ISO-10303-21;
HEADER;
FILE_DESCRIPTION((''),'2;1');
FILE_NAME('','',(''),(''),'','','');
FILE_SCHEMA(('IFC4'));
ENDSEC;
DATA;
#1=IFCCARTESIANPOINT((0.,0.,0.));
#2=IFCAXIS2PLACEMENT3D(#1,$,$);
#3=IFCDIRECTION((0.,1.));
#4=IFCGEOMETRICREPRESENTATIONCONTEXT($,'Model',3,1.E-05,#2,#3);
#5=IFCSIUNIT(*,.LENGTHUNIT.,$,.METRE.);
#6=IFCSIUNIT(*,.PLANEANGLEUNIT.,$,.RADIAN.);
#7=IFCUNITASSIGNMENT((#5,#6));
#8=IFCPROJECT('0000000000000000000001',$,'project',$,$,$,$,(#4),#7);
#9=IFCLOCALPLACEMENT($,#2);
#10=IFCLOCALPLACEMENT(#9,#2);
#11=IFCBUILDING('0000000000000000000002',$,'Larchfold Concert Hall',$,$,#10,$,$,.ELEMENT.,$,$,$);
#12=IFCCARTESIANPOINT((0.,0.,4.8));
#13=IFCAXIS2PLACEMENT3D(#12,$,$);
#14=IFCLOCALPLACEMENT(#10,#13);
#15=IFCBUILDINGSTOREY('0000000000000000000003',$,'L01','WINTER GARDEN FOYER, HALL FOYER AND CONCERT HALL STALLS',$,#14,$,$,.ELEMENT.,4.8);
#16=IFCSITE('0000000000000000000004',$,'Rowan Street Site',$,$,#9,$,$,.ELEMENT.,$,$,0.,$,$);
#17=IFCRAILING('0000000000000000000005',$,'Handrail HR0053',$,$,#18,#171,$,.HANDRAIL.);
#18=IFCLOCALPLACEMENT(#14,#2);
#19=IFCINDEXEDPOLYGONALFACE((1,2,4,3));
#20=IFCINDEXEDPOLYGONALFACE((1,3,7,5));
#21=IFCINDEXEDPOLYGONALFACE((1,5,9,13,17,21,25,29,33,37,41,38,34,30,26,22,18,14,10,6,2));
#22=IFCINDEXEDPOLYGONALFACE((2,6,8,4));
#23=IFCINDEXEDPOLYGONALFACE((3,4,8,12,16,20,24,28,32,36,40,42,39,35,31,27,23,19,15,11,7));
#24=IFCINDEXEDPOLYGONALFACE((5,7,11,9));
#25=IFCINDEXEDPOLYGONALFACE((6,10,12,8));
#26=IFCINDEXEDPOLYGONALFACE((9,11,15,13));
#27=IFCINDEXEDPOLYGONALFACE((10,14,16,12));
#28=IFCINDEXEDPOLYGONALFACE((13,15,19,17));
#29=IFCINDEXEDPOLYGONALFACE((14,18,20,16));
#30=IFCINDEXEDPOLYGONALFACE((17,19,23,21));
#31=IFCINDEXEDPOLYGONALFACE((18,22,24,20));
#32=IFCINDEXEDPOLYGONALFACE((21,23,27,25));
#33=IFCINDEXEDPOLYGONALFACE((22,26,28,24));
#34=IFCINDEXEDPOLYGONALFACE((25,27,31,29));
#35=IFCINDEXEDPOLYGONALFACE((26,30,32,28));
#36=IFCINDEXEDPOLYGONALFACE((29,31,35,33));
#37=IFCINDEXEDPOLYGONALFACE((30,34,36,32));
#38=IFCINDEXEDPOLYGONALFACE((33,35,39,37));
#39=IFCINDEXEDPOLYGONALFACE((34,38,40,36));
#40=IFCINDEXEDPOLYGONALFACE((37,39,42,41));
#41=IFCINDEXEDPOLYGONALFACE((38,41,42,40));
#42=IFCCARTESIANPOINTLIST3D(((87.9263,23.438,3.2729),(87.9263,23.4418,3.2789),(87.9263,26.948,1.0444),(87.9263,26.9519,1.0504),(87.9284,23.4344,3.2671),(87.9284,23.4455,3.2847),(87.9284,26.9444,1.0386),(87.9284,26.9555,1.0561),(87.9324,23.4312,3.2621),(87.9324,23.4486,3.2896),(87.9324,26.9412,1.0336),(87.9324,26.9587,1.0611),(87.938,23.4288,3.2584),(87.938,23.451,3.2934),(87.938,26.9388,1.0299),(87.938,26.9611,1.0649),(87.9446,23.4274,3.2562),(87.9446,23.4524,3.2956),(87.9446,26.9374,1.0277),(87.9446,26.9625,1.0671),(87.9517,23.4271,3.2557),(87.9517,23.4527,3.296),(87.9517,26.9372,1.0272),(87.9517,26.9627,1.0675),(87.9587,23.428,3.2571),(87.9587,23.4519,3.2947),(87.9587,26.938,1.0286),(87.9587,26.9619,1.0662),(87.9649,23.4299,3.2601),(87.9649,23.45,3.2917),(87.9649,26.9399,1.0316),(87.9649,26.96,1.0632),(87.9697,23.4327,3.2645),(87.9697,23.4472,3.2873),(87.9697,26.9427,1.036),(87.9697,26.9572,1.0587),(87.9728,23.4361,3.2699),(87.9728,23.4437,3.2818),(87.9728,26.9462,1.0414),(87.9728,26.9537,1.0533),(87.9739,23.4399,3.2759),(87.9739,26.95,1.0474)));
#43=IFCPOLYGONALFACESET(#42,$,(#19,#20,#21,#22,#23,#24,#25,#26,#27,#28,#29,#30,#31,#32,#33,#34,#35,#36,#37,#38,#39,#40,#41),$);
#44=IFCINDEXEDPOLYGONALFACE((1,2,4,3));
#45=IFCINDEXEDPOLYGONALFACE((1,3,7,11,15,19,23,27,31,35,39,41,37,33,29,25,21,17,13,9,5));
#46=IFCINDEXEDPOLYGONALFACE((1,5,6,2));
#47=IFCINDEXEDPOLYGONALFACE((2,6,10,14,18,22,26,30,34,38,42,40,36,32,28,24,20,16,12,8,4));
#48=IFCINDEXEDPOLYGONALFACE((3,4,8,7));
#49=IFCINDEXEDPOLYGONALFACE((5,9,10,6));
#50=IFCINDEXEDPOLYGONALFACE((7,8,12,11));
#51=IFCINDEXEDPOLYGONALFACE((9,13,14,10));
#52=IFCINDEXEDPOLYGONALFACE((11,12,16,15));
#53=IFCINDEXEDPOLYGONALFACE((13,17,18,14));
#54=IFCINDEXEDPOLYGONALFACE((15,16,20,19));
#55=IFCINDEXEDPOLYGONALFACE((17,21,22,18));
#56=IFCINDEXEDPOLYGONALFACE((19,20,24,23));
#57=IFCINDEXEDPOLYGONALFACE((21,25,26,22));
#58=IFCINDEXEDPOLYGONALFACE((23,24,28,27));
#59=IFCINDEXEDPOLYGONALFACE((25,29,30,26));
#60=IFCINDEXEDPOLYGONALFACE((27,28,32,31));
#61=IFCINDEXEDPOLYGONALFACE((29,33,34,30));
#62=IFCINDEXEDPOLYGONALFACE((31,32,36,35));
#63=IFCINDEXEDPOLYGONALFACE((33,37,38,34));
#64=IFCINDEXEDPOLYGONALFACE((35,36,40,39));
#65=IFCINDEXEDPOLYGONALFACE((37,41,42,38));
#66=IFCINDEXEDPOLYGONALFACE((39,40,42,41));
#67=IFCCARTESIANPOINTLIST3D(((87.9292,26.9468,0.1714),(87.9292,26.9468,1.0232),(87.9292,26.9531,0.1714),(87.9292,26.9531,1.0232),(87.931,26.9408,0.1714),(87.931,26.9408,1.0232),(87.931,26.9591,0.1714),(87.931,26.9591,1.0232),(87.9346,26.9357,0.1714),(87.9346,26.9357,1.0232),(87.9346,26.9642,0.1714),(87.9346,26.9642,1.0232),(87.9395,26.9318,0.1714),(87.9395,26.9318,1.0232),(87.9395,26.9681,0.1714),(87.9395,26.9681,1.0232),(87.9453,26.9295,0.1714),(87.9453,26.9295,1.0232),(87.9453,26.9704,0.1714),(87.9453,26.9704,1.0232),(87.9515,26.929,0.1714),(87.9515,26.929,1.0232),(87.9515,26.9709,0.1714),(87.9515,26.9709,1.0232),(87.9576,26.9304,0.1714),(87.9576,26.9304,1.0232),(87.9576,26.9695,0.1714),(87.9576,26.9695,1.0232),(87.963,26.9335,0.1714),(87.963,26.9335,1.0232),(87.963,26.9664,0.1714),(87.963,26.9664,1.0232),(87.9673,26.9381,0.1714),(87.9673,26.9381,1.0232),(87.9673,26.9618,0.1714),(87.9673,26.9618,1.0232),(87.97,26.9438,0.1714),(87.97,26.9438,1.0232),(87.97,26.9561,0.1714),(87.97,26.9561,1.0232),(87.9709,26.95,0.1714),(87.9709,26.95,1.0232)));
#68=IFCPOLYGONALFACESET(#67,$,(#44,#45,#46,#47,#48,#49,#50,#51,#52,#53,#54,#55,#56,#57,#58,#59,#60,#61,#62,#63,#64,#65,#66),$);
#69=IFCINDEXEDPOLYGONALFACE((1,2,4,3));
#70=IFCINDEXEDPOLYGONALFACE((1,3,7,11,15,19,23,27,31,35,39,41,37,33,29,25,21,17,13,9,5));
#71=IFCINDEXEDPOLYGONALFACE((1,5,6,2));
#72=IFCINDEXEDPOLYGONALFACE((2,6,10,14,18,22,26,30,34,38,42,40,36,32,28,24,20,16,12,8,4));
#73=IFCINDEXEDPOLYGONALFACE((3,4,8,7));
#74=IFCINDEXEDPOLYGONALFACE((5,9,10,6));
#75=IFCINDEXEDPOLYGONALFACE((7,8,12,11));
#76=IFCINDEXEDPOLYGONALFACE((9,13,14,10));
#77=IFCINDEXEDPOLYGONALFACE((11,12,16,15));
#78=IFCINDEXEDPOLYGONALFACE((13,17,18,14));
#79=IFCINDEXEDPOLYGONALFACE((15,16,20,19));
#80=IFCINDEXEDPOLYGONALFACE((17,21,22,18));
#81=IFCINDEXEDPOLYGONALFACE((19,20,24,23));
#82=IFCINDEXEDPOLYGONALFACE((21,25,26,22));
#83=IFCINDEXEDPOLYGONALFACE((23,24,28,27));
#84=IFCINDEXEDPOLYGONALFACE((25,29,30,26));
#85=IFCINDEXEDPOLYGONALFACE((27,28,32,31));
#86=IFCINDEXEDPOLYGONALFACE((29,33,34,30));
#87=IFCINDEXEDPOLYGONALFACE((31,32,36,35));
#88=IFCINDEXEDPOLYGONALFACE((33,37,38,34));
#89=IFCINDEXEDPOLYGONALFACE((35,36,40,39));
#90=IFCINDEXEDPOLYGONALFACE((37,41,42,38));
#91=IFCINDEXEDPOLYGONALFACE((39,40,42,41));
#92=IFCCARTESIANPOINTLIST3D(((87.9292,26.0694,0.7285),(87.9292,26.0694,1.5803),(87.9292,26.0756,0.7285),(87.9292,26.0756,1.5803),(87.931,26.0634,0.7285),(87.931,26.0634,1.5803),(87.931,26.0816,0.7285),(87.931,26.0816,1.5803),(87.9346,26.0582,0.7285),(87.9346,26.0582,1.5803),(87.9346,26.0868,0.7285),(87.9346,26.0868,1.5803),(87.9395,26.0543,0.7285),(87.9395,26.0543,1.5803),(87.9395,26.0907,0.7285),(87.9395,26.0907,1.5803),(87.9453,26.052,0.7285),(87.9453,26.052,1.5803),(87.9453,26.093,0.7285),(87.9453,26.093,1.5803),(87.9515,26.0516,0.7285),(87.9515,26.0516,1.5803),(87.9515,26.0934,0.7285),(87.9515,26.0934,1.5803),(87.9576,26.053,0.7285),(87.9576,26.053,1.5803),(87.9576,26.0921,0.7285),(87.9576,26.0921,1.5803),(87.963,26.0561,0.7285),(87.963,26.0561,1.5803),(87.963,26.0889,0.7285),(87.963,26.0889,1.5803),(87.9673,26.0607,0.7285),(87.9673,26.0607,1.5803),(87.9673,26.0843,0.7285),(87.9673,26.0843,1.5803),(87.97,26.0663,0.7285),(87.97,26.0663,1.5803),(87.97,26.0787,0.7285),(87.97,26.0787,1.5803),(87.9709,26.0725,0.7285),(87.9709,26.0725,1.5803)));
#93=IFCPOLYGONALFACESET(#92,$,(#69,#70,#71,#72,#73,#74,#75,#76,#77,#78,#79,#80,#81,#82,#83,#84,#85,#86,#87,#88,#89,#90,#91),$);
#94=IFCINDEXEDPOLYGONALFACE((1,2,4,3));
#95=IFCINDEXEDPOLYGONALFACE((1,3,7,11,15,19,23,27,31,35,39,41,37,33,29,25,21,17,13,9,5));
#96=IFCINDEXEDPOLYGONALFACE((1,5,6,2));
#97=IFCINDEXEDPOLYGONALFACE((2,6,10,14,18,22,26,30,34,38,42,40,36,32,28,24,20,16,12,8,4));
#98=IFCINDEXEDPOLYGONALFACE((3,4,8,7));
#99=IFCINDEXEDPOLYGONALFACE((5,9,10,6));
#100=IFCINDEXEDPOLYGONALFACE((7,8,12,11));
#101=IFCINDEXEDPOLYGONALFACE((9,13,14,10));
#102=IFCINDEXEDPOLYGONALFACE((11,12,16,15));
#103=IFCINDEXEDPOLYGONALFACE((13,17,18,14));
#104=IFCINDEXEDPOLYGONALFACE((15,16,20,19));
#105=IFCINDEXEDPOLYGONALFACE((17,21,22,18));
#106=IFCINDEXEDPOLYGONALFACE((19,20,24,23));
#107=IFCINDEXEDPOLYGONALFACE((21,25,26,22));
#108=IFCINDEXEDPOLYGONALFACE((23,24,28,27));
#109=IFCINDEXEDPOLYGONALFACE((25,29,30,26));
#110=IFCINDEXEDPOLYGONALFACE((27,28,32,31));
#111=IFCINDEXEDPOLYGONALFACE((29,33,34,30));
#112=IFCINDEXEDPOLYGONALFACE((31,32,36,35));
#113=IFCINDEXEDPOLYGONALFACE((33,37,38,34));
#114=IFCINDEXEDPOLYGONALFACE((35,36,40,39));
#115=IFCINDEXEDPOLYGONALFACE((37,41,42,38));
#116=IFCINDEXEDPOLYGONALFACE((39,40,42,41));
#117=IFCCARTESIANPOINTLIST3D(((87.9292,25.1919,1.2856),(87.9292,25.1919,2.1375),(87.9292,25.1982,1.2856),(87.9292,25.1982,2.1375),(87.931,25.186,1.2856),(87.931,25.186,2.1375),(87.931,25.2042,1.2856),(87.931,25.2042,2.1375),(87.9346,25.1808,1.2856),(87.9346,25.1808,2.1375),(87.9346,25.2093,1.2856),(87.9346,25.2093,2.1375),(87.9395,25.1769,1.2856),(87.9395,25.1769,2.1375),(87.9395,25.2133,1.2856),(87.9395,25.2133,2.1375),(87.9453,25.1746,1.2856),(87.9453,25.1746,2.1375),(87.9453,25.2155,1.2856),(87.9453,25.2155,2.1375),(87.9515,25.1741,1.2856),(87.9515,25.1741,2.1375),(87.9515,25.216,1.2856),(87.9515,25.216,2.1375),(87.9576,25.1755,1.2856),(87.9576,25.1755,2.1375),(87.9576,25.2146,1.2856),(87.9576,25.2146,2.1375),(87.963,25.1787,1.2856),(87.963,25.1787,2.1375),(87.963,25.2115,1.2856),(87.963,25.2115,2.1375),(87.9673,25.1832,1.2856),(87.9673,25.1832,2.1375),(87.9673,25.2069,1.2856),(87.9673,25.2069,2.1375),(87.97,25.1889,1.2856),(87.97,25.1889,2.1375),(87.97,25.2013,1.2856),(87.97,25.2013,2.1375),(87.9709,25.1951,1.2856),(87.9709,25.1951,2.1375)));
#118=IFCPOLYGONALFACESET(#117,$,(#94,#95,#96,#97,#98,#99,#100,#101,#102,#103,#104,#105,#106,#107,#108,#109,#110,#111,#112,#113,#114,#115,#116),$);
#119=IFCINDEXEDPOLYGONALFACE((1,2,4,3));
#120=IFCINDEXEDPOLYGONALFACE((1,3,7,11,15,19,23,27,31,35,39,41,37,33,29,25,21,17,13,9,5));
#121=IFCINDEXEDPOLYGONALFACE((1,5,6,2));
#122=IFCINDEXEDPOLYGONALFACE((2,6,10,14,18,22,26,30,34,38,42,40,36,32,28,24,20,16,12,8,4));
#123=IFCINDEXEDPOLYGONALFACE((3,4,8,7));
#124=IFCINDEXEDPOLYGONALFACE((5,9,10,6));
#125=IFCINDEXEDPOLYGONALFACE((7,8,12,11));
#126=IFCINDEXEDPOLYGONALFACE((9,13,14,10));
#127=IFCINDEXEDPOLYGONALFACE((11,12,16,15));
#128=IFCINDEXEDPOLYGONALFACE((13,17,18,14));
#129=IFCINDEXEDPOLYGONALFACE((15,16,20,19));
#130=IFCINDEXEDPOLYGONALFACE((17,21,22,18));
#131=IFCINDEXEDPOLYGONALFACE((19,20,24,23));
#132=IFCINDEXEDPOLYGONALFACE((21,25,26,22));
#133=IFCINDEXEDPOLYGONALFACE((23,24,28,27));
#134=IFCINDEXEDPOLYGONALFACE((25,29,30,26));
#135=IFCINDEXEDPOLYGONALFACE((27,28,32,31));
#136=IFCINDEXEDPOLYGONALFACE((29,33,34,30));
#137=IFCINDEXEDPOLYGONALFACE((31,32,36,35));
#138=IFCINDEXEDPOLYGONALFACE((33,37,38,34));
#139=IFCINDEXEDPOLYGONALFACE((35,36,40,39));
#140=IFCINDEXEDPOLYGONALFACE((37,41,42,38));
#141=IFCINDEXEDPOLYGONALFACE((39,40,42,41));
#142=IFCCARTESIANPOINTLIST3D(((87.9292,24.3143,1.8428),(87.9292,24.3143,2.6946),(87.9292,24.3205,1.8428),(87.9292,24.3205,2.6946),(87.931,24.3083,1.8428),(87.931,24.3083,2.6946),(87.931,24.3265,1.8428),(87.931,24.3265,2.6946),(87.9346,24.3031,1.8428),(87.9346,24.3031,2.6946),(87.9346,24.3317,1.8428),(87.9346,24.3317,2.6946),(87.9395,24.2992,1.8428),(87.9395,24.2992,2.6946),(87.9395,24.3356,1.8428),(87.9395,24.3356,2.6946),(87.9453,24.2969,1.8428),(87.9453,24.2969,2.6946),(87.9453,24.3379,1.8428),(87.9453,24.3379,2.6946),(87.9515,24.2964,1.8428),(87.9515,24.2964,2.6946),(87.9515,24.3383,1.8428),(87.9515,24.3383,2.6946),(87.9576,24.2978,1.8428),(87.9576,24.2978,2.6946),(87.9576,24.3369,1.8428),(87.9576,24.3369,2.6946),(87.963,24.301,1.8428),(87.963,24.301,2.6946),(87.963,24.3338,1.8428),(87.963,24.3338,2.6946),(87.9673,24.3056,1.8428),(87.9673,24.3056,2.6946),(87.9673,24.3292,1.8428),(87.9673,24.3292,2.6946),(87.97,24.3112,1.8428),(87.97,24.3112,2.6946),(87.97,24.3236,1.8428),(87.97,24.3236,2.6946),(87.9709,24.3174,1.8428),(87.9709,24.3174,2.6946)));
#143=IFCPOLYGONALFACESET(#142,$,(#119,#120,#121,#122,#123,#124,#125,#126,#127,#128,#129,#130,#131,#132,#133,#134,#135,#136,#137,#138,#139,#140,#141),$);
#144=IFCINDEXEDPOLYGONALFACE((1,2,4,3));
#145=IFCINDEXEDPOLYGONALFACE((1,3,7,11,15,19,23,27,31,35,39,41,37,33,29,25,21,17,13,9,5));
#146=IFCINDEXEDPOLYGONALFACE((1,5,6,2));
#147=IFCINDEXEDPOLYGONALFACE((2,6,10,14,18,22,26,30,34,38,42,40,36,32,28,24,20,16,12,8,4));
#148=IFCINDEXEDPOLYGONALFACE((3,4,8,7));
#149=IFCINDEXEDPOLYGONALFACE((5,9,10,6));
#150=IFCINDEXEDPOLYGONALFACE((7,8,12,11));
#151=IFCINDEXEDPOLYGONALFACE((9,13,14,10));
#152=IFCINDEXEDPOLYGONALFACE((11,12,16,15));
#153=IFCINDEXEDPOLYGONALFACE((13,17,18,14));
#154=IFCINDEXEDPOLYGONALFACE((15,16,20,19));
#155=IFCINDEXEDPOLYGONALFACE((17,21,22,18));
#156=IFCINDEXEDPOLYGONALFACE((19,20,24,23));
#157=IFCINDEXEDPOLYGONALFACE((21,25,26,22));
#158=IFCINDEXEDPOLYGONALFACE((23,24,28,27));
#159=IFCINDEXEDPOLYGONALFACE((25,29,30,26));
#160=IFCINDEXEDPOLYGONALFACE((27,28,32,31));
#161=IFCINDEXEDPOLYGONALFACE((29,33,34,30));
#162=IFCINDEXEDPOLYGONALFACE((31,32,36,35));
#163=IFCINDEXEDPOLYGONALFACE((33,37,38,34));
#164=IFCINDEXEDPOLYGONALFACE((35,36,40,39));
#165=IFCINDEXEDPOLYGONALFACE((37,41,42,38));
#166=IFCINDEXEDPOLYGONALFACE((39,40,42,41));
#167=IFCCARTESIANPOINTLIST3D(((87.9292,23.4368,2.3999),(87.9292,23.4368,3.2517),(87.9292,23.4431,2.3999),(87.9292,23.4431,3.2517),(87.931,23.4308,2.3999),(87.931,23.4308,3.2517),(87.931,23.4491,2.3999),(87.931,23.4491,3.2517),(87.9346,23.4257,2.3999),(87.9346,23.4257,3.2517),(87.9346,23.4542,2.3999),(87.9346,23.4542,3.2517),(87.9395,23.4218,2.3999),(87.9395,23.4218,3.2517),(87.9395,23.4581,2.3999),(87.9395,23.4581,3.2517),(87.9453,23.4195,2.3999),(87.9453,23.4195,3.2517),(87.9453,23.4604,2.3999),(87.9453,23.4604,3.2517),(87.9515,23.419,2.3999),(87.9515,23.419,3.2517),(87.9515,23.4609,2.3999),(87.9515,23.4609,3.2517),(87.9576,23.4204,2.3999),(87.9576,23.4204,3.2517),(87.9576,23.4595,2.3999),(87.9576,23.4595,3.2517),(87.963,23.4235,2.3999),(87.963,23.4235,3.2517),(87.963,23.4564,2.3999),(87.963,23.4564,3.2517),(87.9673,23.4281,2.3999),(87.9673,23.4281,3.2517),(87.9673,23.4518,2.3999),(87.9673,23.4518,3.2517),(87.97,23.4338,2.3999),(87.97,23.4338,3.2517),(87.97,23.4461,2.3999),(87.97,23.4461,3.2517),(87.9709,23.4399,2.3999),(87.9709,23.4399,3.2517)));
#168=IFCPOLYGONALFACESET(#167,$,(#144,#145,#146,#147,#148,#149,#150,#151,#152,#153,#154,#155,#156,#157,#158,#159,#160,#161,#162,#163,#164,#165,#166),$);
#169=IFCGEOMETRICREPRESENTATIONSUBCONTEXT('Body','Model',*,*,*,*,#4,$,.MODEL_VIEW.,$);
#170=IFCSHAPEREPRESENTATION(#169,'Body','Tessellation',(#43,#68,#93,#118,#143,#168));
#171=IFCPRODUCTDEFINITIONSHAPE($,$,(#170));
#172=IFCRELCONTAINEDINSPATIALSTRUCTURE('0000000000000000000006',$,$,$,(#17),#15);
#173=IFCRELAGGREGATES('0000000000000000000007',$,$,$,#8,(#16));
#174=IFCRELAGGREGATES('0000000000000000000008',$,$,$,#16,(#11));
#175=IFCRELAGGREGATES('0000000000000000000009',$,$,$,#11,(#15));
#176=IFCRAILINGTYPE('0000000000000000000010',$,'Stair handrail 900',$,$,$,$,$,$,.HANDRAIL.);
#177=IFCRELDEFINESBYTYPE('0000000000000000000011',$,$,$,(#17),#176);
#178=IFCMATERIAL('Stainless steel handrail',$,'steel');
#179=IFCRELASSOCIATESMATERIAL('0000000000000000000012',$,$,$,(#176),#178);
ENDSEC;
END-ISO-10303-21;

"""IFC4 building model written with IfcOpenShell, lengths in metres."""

from ifc_helpers import new_model, si_unit, direction, frame, origin, origin_2d, place, context, subcontext, project, spatial, circle, extrude, material, type_object, element, save


model = new_model("IFC4")

# Units and contexts
model_context = context("Model", 3, precision=1e-05, world=origin(), true_north=direction((0.0, 1.0)))
body_context = subcontext(model_context, "Body", "Model", "MODEL_VIEW")
ifc_project = project(units=[si_unit("LENGTHUNIT", "METRE"), si_unit("PLANEANGLEUNIT", "RADIAN")], contexts=[model_context])

# Site, building, storey
site_placement = place(None, origin())
site = spatial("IfcSite", under=ifc_project, at=site_placement, Name="Rowan Street Site", CompositionType="ELEMENT", RefElevation=0.0)
building_placement = place(site_placement, origin())
building = spatial("IfcBuilding", under=site, at=building_placement, Name="Larchfold Concert Hall", CompositionType="ELEMENT")
storey_placement = place(building_placement, frame((0.0, 0.0, 4.8)))
storey = spatial("IfcBuildingStorey", under=building, at=storey_placement, Name="L01", Description="WINTER GARDEN FOYER, HALL FOYER AND CONCERT HALL STALLS", CompositionType="ELEMENT", Elevation=4.8)

# Railing
ifc_material_1 = material(Name="Stainless steel handrail", Category="steel")
railing_type_1 = type_object("IfcRailingType", Name="Stair handrail 900", PredefinedType="HANDRAIL", material=ifc_material_1)
for number, where, name in (
    (1, (87.95, 26.95, 0.1714), "Handrail HR0053"),
):
    element("IfcRailing", number, at=place(storey_placement, frame(where)), inside=storey, type_object=railing_type_1, Name=name, PredefinedType="HANDRAIL", context=body_context, shape_type="SweptSolid", body=[
        extrude(circle(Radius=0.0239, at=origin_2d()), frame((0.0, 0.0, 0.876), z_axis=(0.0, -0.84422, 0.535998), x_axis=(1.0, 0.0, 0.0)), (0.0, 0.0, 1.0), 4.1577),
        extrude(circle(Radius=0.021, at=origin_2d()), origin(), (0.0, 0.0, 1.0), 0.8518),
        extrude(circle(Radius=0.021, at=origin_2d()), frame((0.0, -0.8774, 0.5571)), (0.0, 0.0, 1.0), 0.8518),
        extrude(circle(Radius=0.021, at=origin_2d()), frame((0.0, -1.7549, 1.1143)), (0.0, 0.0, 1.0), 0.8518),
        extrude(circle(Radius=0.021, at=origin_2d()), frame((0.0, -2.6326, 1.6714)), (0.0, 0.0, 1.0), 0.8518),
        extrude(circle(Radius=0.021, at=origin_2d()), frame((0.0, -3.51, 2.2285)), (0.0, 0.0, 1.0), 0.8518),
    ])

save(model, "model.ifc")
